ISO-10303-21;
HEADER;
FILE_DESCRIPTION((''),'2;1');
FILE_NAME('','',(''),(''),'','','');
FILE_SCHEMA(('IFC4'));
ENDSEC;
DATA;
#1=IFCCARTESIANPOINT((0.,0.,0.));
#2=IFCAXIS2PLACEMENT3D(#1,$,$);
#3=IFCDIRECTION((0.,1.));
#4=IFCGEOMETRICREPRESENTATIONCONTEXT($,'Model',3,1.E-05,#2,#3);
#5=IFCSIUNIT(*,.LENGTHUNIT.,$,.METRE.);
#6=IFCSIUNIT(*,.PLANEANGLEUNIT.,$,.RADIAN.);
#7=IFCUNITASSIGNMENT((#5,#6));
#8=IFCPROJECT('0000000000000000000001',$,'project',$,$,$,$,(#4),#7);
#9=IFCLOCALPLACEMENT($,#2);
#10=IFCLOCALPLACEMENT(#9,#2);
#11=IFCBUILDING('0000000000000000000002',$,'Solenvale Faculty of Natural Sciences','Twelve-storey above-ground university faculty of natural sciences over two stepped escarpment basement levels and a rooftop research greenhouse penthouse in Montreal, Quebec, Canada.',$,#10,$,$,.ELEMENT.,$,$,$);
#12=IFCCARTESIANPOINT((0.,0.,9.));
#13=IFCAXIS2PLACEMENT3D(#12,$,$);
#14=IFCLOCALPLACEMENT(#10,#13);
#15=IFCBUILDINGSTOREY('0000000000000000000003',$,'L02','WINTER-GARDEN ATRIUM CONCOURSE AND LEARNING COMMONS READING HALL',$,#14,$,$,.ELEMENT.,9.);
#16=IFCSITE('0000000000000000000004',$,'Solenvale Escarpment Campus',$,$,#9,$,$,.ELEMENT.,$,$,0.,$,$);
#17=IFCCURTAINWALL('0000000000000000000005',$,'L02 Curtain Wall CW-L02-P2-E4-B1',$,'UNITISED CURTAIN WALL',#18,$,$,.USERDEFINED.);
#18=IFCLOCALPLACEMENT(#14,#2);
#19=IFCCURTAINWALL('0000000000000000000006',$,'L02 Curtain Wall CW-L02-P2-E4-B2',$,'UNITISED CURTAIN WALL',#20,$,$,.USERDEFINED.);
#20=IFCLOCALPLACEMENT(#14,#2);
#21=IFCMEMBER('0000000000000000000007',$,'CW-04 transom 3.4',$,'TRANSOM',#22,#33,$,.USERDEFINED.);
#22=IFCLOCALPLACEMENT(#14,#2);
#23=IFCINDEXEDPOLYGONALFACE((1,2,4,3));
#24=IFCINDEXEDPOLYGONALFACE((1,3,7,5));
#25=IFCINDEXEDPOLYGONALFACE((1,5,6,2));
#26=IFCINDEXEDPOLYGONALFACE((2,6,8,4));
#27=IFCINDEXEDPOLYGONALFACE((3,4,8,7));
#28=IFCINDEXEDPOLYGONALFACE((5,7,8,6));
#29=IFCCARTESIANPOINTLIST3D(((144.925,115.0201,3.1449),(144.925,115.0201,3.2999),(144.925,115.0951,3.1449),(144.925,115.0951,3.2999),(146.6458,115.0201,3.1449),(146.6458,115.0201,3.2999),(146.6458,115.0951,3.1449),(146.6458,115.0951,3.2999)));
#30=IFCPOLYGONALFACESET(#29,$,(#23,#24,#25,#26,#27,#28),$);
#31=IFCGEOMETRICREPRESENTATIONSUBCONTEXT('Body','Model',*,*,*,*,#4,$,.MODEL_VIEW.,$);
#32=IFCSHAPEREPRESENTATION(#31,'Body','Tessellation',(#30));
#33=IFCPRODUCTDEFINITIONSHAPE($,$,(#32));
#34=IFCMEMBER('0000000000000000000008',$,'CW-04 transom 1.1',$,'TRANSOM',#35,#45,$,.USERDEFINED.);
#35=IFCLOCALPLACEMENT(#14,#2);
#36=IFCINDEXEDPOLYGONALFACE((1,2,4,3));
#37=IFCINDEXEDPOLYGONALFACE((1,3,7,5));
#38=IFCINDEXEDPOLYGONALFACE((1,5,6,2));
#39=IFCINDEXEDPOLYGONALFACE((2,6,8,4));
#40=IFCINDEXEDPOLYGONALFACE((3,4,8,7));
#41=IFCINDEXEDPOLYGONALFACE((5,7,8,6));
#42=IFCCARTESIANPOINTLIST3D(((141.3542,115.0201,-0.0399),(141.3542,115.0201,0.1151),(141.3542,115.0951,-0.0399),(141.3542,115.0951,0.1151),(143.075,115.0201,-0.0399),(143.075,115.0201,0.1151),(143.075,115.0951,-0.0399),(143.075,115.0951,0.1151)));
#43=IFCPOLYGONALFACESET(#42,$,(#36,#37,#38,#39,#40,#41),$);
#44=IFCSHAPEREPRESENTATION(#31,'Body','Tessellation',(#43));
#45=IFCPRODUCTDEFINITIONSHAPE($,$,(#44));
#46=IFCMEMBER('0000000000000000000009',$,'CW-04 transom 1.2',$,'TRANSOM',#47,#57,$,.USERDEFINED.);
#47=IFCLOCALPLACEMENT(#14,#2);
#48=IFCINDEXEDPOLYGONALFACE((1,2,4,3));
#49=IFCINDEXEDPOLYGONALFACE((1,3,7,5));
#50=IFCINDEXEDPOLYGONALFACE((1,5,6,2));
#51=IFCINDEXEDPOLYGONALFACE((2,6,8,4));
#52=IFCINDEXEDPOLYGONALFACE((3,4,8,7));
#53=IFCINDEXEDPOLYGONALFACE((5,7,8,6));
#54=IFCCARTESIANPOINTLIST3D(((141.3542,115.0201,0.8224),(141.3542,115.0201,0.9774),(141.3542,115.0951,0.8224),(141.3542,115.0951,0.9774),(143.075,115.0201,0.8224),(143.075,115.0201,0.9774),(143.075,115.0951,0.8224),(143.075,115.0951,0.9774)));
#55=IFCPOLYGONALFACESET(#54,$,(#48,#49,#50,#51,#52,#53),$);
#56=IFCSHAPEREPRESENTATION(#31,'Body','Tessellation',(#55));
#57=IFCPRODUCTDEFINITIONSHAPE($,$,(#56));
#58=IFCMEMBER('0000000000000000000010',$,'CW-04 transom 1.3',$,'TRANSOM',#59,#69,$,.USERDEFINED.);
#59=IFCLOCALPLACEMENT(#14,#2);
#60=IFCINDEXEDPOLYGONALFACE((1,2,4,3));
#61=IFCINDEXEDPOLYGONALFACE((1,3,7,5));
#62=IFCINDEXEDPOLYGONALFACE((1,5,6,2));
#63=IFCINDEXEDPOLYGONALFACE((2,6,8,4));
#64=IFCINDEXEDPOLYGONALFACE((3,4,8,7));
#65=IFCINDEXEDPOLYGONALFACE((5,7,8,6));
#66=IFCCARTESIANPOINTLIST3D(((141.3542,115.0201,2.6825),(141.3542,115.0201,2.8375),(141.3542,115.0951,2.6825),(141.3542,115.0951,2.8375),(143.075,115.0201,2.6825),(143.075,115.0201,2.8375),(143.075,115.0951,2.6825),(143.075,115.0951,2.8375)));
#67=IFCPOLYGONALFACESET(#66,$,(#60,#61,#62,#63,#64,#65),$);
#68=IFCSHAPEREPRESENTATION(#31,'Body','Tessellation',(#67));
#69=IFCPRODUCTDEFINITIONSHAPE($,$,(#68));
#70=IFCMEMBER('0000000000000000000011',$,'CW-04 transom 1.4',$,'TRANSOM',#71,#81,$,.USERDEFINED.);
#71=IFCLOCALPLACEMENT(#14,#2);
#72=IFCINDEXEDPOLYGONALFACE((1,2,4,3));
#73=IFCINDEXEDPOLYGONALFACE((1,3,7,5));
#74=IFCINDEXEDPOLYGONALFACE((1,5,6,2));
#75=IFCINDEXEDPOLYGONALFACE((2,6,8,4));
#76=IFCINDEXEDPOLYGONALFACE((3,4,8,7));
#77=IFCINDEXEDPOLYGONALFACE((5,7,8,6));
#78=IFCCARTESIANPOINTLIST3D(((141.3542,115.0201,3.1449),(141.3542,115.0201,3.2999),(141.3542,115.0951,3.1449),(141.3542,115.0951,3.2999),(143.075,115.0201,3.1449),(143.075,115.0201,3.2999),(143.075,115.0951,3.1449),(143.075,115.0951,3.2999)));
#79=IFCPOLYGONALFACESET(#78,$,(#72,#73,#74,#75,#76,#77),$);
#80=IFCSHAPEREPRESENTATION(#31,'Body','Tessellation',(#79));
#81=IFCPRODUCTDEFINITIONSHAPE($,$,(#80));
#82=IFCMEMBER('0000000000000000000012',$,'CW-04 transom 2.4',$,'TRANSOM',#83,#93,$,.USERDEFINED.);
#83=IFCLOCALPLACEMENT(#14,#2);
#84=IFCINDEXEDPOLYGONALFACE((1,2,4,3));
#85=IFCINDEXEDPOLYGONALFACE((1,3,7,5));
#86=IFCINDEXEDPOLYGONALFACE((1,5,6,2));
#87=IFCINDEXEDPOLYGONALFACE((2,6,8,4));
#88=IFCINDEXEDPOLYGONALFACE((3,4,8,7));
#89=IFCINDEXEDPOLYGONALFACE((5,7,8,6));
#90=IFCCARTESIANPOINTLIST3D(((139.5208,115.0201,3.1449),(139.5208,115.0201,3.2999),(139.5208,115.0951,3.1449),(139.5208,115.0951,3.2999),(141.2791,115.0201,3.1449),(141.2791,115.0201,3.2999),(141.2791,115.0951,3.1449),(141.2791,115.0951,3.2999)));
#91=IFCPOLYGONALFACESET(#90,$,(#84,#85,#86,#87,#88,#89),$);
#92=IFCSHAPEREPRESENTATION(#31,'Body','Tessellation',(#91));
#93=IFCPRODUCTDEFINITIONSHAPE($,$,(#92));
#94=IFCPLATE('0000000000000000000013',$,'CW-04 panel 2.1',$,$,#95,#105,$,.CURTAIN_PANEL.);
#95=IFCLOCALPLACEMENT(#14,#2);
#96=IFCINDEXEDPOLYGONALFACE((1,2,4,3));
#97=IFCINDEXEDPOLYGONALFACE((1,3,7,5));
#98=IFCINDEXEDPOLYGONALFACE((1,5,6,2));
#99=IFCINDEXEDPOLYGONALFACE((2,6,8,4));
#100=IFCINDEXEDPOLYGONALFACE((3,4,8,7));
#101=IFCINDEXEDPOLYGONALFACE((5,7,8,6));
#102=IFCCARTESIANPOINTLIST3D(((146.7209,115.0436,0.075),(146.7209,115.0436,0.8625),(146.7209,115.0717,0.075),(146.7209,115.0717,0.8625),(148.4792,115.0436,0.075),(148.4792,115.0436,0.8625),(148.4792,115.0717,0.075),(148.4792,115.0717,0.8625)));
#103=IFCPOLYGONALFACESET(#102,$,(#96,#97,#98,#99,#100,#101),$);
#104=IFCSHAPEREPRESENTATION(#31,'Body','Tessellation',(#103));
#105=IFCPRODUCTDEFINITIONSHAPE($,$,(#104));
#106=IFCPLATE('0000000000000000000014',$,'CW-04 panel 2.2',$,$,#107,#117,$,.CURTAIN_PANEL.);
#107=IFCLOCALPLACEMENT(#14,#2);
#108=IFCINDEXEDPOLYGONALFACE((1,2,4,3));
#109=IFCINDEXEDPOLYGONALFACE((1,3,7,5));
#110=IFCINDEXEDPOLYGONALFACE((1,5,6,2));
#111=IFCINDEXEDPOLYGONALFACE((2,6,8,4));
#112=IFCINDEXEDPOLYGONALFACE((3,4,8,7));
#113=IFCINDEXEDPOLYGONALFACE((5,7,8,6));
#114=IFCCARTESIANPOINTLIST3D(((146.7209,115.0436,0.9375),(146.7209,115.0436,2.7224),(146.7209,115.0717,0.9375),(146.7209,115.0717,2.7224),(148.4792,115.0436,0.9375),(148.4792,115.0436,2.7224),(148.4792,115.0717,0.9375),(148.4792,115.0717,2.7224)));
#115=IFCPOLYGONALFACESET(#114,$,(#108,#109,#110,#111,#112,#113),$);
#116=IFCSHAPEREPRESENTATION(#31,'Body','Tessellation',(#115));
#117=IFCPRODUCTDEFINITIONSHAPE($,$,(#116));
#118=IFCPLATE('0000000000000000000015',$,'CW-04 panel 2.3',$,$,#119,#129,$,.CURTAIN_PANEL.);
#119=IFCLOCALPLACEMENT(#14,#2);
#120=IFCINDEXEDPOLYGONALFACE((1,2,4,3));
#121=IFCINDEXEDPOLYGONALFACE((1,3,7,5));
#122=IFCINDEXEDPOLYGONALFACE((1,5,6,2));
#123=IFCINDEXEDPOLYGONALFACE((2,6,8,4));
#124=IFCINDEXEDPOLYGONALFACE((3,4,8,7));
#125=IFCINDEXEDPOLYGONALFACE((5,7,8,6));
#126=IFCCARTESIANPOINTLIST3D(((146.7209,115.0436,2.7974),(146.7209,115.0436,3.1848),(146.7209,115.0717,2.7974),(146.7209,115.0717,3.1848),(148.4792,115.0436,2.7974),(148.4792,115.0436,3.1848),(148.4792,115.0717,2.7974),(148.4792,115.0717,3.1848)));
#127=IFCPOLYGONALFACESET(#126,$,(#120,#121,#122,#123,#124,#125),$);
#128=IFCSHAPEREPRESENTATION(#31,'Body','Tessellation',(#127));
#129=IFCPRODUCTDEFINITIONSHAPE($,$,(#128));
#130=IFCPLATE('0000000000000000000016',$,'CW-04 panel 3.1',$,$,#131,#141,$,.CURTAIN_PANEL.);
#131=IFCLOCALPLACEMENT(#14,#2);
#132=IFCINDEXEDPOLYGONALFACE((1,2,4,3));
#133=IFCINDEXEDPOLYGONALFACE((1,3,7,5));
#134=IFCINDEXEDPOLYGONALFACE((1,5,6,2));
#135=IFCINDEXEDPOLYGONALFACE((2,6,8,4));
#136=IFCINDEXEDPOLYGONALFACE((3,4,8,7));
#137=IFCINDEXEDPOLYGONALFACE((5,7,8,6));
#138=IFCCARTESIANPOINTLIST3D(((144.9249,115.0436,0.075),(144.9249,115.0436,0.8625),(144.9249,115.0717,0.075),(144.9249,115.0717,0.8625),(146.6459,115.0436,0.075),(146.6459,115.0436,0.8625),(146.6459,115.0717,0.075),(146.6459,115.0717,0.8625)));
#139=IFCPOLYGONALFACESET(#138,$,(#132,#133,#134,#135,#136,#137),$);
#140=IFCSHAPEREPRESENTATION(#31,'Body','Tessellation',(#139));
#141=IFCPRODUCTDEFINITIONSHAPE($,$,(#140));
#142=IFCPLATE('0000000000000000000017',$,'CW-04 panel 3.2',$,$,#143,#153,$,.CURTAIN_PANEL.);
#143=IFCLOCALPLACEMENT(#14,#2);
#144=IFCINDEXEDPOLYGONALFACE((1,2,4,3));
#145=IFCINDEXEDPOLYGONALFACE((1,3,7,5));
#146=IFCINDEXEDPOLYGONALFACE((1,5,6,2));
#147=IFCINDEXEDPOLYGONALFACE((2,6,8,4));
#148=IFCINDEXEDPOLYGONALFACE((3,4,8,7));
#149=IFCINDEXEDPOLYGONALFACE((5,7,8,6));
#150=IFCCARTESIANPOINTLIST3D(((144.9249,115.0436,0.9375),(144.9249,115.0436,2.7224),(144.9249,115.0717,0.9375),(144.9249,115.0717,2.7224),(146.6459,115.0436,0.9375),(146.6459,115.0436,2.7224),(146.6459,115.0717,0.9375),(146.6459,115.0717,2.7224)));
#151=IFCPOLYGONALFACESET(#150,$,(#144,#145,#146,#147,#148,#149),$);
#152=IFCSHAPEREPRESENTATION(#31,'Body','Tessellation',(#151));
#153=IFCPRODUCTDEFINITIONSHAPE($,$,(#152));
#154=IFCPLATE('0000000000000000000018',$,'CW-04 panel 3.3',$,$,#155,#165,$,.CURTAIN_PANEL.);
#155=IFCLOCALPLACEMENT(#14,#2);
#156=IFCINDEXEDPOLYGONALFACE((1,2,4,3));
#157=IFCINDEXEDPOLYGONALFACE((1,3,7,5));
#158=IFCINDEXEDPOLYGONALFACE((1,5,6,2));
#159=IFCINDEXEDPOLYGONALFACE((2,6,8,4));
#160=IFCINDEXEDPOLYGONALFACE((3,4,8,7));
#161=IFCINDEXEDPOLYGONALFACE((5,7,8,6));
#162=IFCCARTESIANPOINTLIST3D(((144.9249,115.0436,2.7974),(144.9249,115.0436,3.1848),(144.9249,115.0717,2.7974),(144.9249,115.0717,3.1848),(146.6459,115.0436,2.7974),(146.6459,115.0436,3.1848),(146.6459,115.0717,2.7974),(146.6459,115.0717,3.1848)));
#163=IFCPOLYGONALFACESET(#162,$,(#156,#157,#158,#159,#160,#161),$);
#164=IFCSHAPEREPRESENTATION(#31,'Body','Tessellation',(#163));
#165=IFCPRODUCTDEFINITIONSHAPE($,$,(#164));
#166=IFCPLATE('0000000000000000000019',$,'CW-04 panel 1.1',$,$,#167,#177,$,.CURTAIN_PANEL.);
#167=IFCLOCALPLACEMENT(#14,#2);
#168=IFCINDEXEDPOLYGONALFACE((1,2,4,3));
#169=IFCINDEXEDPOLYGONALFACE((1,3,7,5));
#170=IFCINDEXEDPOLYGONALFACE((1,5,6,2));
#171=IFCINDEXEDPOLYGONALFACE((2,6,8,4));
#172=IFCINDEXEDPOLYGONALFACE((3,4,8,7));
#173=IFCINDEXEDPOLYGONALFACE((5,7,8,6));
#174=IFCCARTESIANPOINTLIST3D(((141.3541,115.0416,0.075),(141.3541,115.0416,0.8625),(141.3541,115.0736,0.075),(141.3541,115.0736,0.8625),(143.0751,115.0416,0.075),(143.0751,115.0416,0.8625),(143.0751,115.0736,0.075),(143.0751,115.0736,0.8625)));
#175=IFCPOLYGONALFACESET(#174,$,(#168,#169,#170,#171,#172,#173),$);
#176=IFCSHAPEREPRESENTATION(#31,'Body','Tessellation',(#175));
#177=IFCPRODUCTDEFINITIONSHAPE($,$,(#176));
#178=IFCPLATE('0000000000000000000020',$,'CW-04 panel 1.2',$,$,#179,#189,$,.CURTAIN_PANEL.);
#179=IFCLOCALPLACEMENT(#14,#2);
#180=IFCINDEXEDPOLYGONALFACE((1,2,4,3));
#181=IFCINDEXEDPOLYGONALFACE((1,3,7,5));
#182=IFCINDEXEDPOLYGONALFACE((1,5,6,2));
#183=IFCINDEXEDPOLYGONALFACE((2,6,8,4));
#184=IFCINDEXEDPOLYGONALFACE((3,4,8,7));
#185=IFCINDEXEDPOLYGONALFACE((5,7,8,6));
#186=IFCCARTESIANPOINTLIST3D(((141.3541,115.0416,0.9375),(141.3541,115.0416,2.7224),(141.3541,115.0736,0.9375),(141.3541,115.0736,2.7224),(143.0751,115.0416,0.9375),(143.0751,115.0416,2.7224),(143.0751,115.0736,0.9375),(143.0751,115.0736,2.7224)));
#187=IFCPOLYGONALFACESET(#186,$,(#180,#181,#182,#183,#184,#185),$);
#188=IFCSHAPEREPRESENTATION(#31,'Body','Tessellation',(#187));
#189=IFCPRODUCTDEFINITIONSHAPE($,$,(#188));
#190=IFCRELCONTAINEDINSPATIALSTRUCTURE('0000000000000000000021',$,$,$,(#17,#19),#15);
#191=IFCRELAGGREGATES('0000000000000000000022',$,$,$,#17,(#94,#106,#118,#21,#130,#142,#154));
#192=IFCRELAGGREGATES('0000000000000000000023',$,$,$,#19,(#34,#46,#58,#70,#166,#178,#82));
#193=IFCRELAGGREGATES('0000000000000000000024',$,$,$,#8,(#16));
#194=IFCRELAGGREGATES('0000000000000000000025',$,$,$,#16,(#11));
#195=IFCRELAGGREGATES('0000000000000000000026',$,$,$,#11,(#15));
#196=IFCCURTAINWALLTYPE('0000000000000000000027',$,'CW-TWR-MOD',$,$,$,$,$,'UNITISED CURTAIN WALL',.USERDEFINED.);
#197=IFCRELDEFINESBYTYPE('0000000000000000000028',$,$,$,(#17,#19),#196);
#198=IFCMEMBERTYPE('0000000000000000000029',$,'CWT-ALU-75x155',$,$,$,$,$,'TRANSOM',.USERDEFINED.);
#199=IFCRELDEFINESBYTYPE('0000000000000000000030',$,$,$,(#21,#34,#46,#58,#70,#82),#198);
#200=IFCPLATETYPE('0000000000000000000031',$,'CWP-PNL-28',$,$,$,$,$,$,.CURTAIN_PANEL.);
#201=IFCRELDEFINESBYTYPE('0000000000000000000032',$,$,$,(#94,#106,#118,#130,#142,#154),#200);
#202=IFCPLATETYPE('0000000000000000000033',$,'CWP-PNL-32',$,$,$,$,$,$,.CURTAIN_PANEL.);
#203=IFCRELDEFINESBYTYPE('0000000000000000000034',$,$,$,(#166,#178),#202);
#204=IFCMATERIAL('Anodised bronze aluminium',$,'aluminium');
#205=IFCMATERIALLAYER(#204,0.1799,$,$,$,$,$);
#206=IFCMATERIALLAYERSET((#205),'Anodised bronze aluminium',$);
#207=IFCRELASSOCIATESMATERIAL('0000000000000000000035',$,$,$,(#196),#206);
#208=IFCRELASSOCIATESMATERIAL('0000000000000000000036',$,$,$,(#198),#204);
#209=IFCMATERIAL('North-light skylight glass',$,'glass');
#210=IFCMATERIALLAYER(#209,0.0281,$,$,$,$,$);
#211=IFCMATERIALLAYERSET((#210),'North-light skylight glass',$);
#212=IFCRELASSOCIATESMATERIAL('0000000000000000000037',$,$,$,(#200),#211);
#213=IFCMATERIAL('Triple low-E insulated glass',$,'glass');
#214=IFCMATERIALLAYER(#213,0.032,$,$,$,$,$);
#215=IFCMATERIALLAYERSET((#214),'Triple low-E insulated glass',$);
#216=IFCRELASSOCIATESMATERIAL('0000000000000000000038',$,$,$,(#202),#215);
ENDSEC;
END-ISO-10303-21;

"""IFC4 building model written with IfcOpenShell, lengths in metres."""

from ifc_helpers import new_model, si_unit, direction, frame, origin, origin_2d, place, context, subcontext, project, spatial, rectangle, extrude, material, layer, layer_set, material_profile, profile_set, type_object, element, aggregate, save


model = new_model("IFC4")

# Units and contexts
model_context = context("Model", 3, precision=1e-05, world=origin(), true_north=direction((0.0, 1.0)))
body_context = subcontext(model_context, "Body", "Model", "MODEL_VIEW")
ifc_project = project(units=[si_unit("LENGTHUNIT", "METRE"), si_unit("PLANEANGLEUNIT", "RADIAN")], contexts=[model_context])

# Site, building, storey
site_placement = place(None, origin())
site = spatial("IfcSite", under=ifc_project, at=site_placement, Name="Solenvale Escarpment Campus", CompositionType="ELEMENT", RefElevation=0.0)
building_placement = place(site_placement, origin())
building = spatial("IfcBuilding", under=site, at=building_placement, Name="Solenvale Faculty of Natural Sciences", Description="Twelve-storey above-ground university faculty of natural sciences over two stepped escarpment basement levels and a rooftop research greenhouse penthouse in Montreal, Quebec, Canada.", CompositionType="ELEMENT")
storey_placement = place(building_placement, frame((0.0, 0.0, 9.0)))
storey = spatial("IfcBuildingStorey", under=building, at=storey_placement, Name="L02", Description="WINTER-GARDEN ATRIUM CONCOURSE AND LEARNING COMMONS READING HALL", CompositionType="ELEMENT", Elevation=9.0)

# Curtain walls
ifc_material_1 = material(Name="Anodised bronze aluminium", Category="aluminium")
ifc_layer_1 = layer(ifc_material_1, 0.1799)
ifc_layer_set_1 = layer_set([ifc_layer_1], Name="Anodised bronze aluminium")
curtain_wall_type = type_object("IfcCurtainWallType", Name="CW-TWR-MOD", ElementType="UNITISED CURTAIN WALL", PredefinedType="USERDEFINED", material=ifc_layer_set_1)
curtain_wall_1_placement = place(storey_placement, origin())
curtain_wall_1 = element("IfcCurtainWall", 1, at=curtain_wall_1_placement, inside=storey, type_object=curtain_wall_type, Name="L02 Curtain Wall CW-L02-P2-E4-B1", ObjectType="UNITISED CURTAIN WALL", PredefinedType="USERDEFINED")
curtain_wall_2_placement = place(storey_placement, origin())
curtain_wall_2 = element("IfcCurtainWall", 2, at=curtain_wall_2_placement, inside=storey, type_object=curtain_wall_type, Name="L02 Curtain Wall CW-L02-P2-E4-B2", ObjectType="UNITISED CURTAIN WALL", PredefinedType="USERDEFINED")

# Members
ifc_material_profile_1 = material_profile(ifc_material_1, rectangle(XDim=0.075, YDim=0.155, at=origin_2d()), Name="ALU-TRN-75x155")
ifc_profile_set_1 = profile_set([ifc_material_profile_1], Name="Anodised bronze aluminium")
member_type_1 = type_object("IfcMemberType", Name="CWT-ALU-75x155", ElementType="TRANSOM", PredefinedType="USERDEFINED", material=ifc_profile_set_1)
member_1_placement = place(storey_placement, frame((146.6458, 115.0576, 3.2224), z_axis=(-1.0, 0.0, 0.0), x_axis=(0.0, -1.0, 0.0)))
member_1 = element("IfcMember", 3, at=member_1_placement, type_object=member_type_1, Name="CW-04 transom 3.4", ObjectType="TRANSOM", PredefinedType="USERDEFINED", context=body_context, shape_type="SweptSolid", body=[
    extrude(rectangle(XDim=0.075, YDim=0.155, at=origin_2d()), origin(), (0.0, 0.0, 1.0), 1.7207),
])
member_2_placement = place(storey_placement, frame((143.075, 115.0576, 0.0376), z_axis=(-1.0, 0.0, 0.0), x_axis=(0.0, -1.0, 0.0)))
member_2 = element("IfcMember", 4, at=member_2_placement, type_object=member_type_1, Name="CW-04 transom 1.1", ObjectType="TRANSOM", PredefinedType="USERDEFINED", context=body_context, shape_type="SweptSolid", body=[
    extrude(rectangle(XDim=0.075, YDim=0.155, at=origin_2d()), origin(), (0.0, 0.0, 1.0), 1.7207),
])
member_3_placement = place(storey_placement, frame((143.075, 115.0576, 0.8999), z_axis=(-1.0, 0.0, 0.0), x_axis=(0.0, -1.0, 0.0)))
member_3 = element("IfcMember", 5, at=member_3_placement, type_object=member_type_1, Name="CW-04 transom 1.2", ObjectType="TRANSOM", PredefinedType="USERDEFINED", context=body_context, shape_type="SweptSolid", body=[
    extrude(rectangle(XDim=0.075, YDim=0.155, at=origin_2d()), origin(), (0.0, 0.0, 1.0), 1.7207),
])
member_4_placement = place(storey_placement, frame((143.075, 115.0576, 2.76), z_axis=(-1.0, 0.0, 0.0), x_axis=(0.0, -1.0, 0.0)))
member_4 = element("IfcMember", 6, at=member_4_placement, type_object=member_type_1, Name="CW-04 transom 1.3", ObjectType="TRANSOM", PredefinedType="USERDEFINED", context=body_context, shape_type="SweptSolid", body=[
    extrude(rectangle(XDim=0.075, YDim=0.155, at=origin_2d()), origin(), (0.0, 0.0, 1.0), 1.7207),
])
member_5_placement = place(storey_placement, frame((143.075, 115.0576, 3.2224), z_axis=(-1.0, 0.0, 0.0), x_axis=(0.0, -1.0, 0.0)))
member_5 = element("IfcMember", 7, at=member_5_placement, type_object=member_type_1, Name="CW-04 transom 1.4", ObjectType="TRANSOM", PredefinedType="USERDEFINED", context=body_context, shape_type="SweptSolid", body=[
    extrude(rectangle(XDim=0.075, YDim=0.155, at=origin_2d()), origin(), (0.0, 0.0, 1.0), 1.7207),
])
member_6_placement = place(storey_placement, frame((141.2791, 115.0576, 3.2224), z_axis=(-1.0, 0.0, 0.0), x_axis=(0.0, -1.0, 0.0)))
member_6 = element("IfcMember", 8, at=member_6_placement, type_object=member_type_1, Name="CW-04 transom 2.4", ObjectType="TRANSOM", PredefinedType="USERDEFINED", context=body_context, shape_type="SweptSolid", body=[
    extrude(rectangle(XDim=0.075, YDim=0.155, at=origin_2d()), origin(), (0.0, 0.0, 1.0), 1.7583),
])

# Plates
ifc_material_2 = material(Name="North-light skylight glass", Category="glass")
ifc_layer_2 = layer(ifc_material_2, 0.0281)
ifc_layer_set_2 = layer_set([ifc_layer_2], Name="North-light skylight glass")
plate_type_1 = type_object("IfcPlateType", Name="CWP-PNL-28", PredefinedType="CURTAIN_PANEL", material=ifc_layer_set_2)
plate_1_placement = place(storey_placement, frame((147.6001, 115.0576, 0.075), z_axis=(0.0, 0.0, 1.0), x_axis=(-1.0, 0.0, 0.0)))
plate_1 = element("IfcPlate", 9, at=plate_1_placement, type_object=plate_type_1, Name="CW-04 panel 2.1", PredefinedType="CURTAIN_PANEL", context=body_context, shape_type="SweptSolid", body=[
    extrude(rectangle(XDim=1.7583, YDim=0.0281, at=origin_2d()), origin(), (0.0, 0.0, 1.0), 0.7876),
])
plate_2_placement = place(storey_placement, frame((147.6001, 115.0576, 0.9375), z_axis=(0.0, 0.0, 1.0), x_axis=(-1.0, 0.0, 0.0)))
plate_2 = element("IfcPlate", 10, at=plate_2_placement, type_object=plate_type_1, Name="CW-04 panel 2.2", PredefinedType="CURTAIN_PANEL", context=body_context, shape_type="SweptSolid", body=[
    extrude(rectangle(XDim=1.7583, YDim=0.0281, at=origin_2d()), origin(), (0.0, 0.0, 1.0), 1.7849),
])
plate_3_placement = place(storey_placement, frame((147.6001, 115.0576, 2.7974), z_axis=(0.0, 0.0, 1.0), x_axis=(-1.0, 0.0, 0.0)))
plate_3 = element("IfcPlate", 11, at=plate_3_placement, type_object=plate_type_1, Name="CW-04 panel 2.3", PredefinedType="CURTAIN_PANEL", context=body_context, shape_type="SweptSolid", body=[
    extrude(rectangle(XDim=1.7583, YDim=0.0281, at=origin_2d()), origin(), (0.0, 0.0, 1.0), 0.3875),
])
plate_4_placement = place(storey_placement, frame((145.7854, 115.0576, 0.075), z_axis=(0.0, 0.0, 1.0), x_axis=(-1.0, 0.0, 0.0)))
plate_4 = element("IfcPlate", 12, at=plate_4_placement, type_object=plate_type_1, Name="CW-04 panel 3.1", PredefinedType="CURTAIN_PANEL", context=body_context, shape_type="SweptSolid", body=[
    extrude(rectangle(XDim=1.7209, YDim=0.0281, at=origin_2d()), origin(), (0.0, 0.0, 1.0), 0.7876),
])
plate_5_placement = place(storey_placement, frame((145.7854, 115.0576, 0.9375), z_axis=(0.0, 0.0, 1.0), x_axis=(-1.0, 0.0, 0.0)))
plate_5 = element("IfcPlate", 13, at=plate_5_placement, type_object=plate_type_1, Name="CW-04 panel 3.2", PredefinedType="CURTAIN_PANEL", context=body_context, shape_type="SweptSolid", body=[
    extrude(rectangle(XDim=1.7209, YDim=0.0281, at=origin_2d()), origin(), (0.0, 0.0, 1.0), 1.7849),
])
plate_6_placement = place(storey_placement, frame((145.7854, 115.0576, 2.7974), z_axis=(0.0, 0.0, 1.0), x_axis=(-1.0, 0.0, 0.0)))
plate_6 = element("IfcPlate", 14, at=plate_6_placement, type_object=plate_type_1, Name="CW-04 panel 3.3", PredefinedType="CURTAIN_PANEL", context=body_context, shape_type="SweptSolid", body=[
    extrude(rectangle(XDim=1.7209, YDim=0.0281, at=origin_2d()), origin(), (0.0, 0.0, 1.0), 0.3875),
])
aggregate(curtain_wall_1, [plate_1, plate_2, plate_3, member_1, plate_4, plate_5, plate_6])
ifc_material_3 = material(Name="Triple low-E insulated glass", Category="glass")
ifc_layer_3 = layer(ifc_material_3, 0.032)
ifc_layer_set_3 = layer_set([ifc_layer_3], Name="Triple low-E insulated glass")
plate_type_2 = type_object("IfcPlateType", Name="CWP-PNL-32", PredefinedType="CURTAIN_PANEL", material=ifc_layer_set_3)
plate_7_placement = place(storey_placement, frame((142.2146, 115.0576, 0.075), z_axis=(0.0, 0.0, 1.0), x_axis=(-1.0, 0.0, 0.0)))
plate_7 = element("IfcPlate", 15, at=plate_7_placement, type_object=plate_type_2, Name="CW-04 panel 1.1", PredefinedType="CURTAIN_PANEL", context=body_context, shape_type="SweptSolid", body=[
    extrude(rectangle(XDim=1.7209, YDim=0.032, at=origin_2d()), origin(), (0.0, 0.0, 1.0), 0.7876),
])
plate_8_placement = place(storey_placement, frame((142.2146, 115.0576, 0.9375), z_axis=(0.0, 0.0, 1.0), x_axis=(-1.0, 0.0, 0.0)))
plate_8 = element("IfcPlate", 16, at=plate_8_placement, type_object=plate_type_2, Name="CW-04 panel 1.2", PredefinedType="CURTAIN_PANEL", context=body_context, shape_type="SweptSolid", body=[
    extrude(rectangle(XDim=1.7209, YDim=0.032, at=origin_2d()), origin(), (0.0, 0.0, 1.0), 1.7849),
])
aggregate(curtain_wall_2, [member_2, member_3, member_4, member_5, plate_7, plate_8, member_6])

save(model, "model.ifc")
